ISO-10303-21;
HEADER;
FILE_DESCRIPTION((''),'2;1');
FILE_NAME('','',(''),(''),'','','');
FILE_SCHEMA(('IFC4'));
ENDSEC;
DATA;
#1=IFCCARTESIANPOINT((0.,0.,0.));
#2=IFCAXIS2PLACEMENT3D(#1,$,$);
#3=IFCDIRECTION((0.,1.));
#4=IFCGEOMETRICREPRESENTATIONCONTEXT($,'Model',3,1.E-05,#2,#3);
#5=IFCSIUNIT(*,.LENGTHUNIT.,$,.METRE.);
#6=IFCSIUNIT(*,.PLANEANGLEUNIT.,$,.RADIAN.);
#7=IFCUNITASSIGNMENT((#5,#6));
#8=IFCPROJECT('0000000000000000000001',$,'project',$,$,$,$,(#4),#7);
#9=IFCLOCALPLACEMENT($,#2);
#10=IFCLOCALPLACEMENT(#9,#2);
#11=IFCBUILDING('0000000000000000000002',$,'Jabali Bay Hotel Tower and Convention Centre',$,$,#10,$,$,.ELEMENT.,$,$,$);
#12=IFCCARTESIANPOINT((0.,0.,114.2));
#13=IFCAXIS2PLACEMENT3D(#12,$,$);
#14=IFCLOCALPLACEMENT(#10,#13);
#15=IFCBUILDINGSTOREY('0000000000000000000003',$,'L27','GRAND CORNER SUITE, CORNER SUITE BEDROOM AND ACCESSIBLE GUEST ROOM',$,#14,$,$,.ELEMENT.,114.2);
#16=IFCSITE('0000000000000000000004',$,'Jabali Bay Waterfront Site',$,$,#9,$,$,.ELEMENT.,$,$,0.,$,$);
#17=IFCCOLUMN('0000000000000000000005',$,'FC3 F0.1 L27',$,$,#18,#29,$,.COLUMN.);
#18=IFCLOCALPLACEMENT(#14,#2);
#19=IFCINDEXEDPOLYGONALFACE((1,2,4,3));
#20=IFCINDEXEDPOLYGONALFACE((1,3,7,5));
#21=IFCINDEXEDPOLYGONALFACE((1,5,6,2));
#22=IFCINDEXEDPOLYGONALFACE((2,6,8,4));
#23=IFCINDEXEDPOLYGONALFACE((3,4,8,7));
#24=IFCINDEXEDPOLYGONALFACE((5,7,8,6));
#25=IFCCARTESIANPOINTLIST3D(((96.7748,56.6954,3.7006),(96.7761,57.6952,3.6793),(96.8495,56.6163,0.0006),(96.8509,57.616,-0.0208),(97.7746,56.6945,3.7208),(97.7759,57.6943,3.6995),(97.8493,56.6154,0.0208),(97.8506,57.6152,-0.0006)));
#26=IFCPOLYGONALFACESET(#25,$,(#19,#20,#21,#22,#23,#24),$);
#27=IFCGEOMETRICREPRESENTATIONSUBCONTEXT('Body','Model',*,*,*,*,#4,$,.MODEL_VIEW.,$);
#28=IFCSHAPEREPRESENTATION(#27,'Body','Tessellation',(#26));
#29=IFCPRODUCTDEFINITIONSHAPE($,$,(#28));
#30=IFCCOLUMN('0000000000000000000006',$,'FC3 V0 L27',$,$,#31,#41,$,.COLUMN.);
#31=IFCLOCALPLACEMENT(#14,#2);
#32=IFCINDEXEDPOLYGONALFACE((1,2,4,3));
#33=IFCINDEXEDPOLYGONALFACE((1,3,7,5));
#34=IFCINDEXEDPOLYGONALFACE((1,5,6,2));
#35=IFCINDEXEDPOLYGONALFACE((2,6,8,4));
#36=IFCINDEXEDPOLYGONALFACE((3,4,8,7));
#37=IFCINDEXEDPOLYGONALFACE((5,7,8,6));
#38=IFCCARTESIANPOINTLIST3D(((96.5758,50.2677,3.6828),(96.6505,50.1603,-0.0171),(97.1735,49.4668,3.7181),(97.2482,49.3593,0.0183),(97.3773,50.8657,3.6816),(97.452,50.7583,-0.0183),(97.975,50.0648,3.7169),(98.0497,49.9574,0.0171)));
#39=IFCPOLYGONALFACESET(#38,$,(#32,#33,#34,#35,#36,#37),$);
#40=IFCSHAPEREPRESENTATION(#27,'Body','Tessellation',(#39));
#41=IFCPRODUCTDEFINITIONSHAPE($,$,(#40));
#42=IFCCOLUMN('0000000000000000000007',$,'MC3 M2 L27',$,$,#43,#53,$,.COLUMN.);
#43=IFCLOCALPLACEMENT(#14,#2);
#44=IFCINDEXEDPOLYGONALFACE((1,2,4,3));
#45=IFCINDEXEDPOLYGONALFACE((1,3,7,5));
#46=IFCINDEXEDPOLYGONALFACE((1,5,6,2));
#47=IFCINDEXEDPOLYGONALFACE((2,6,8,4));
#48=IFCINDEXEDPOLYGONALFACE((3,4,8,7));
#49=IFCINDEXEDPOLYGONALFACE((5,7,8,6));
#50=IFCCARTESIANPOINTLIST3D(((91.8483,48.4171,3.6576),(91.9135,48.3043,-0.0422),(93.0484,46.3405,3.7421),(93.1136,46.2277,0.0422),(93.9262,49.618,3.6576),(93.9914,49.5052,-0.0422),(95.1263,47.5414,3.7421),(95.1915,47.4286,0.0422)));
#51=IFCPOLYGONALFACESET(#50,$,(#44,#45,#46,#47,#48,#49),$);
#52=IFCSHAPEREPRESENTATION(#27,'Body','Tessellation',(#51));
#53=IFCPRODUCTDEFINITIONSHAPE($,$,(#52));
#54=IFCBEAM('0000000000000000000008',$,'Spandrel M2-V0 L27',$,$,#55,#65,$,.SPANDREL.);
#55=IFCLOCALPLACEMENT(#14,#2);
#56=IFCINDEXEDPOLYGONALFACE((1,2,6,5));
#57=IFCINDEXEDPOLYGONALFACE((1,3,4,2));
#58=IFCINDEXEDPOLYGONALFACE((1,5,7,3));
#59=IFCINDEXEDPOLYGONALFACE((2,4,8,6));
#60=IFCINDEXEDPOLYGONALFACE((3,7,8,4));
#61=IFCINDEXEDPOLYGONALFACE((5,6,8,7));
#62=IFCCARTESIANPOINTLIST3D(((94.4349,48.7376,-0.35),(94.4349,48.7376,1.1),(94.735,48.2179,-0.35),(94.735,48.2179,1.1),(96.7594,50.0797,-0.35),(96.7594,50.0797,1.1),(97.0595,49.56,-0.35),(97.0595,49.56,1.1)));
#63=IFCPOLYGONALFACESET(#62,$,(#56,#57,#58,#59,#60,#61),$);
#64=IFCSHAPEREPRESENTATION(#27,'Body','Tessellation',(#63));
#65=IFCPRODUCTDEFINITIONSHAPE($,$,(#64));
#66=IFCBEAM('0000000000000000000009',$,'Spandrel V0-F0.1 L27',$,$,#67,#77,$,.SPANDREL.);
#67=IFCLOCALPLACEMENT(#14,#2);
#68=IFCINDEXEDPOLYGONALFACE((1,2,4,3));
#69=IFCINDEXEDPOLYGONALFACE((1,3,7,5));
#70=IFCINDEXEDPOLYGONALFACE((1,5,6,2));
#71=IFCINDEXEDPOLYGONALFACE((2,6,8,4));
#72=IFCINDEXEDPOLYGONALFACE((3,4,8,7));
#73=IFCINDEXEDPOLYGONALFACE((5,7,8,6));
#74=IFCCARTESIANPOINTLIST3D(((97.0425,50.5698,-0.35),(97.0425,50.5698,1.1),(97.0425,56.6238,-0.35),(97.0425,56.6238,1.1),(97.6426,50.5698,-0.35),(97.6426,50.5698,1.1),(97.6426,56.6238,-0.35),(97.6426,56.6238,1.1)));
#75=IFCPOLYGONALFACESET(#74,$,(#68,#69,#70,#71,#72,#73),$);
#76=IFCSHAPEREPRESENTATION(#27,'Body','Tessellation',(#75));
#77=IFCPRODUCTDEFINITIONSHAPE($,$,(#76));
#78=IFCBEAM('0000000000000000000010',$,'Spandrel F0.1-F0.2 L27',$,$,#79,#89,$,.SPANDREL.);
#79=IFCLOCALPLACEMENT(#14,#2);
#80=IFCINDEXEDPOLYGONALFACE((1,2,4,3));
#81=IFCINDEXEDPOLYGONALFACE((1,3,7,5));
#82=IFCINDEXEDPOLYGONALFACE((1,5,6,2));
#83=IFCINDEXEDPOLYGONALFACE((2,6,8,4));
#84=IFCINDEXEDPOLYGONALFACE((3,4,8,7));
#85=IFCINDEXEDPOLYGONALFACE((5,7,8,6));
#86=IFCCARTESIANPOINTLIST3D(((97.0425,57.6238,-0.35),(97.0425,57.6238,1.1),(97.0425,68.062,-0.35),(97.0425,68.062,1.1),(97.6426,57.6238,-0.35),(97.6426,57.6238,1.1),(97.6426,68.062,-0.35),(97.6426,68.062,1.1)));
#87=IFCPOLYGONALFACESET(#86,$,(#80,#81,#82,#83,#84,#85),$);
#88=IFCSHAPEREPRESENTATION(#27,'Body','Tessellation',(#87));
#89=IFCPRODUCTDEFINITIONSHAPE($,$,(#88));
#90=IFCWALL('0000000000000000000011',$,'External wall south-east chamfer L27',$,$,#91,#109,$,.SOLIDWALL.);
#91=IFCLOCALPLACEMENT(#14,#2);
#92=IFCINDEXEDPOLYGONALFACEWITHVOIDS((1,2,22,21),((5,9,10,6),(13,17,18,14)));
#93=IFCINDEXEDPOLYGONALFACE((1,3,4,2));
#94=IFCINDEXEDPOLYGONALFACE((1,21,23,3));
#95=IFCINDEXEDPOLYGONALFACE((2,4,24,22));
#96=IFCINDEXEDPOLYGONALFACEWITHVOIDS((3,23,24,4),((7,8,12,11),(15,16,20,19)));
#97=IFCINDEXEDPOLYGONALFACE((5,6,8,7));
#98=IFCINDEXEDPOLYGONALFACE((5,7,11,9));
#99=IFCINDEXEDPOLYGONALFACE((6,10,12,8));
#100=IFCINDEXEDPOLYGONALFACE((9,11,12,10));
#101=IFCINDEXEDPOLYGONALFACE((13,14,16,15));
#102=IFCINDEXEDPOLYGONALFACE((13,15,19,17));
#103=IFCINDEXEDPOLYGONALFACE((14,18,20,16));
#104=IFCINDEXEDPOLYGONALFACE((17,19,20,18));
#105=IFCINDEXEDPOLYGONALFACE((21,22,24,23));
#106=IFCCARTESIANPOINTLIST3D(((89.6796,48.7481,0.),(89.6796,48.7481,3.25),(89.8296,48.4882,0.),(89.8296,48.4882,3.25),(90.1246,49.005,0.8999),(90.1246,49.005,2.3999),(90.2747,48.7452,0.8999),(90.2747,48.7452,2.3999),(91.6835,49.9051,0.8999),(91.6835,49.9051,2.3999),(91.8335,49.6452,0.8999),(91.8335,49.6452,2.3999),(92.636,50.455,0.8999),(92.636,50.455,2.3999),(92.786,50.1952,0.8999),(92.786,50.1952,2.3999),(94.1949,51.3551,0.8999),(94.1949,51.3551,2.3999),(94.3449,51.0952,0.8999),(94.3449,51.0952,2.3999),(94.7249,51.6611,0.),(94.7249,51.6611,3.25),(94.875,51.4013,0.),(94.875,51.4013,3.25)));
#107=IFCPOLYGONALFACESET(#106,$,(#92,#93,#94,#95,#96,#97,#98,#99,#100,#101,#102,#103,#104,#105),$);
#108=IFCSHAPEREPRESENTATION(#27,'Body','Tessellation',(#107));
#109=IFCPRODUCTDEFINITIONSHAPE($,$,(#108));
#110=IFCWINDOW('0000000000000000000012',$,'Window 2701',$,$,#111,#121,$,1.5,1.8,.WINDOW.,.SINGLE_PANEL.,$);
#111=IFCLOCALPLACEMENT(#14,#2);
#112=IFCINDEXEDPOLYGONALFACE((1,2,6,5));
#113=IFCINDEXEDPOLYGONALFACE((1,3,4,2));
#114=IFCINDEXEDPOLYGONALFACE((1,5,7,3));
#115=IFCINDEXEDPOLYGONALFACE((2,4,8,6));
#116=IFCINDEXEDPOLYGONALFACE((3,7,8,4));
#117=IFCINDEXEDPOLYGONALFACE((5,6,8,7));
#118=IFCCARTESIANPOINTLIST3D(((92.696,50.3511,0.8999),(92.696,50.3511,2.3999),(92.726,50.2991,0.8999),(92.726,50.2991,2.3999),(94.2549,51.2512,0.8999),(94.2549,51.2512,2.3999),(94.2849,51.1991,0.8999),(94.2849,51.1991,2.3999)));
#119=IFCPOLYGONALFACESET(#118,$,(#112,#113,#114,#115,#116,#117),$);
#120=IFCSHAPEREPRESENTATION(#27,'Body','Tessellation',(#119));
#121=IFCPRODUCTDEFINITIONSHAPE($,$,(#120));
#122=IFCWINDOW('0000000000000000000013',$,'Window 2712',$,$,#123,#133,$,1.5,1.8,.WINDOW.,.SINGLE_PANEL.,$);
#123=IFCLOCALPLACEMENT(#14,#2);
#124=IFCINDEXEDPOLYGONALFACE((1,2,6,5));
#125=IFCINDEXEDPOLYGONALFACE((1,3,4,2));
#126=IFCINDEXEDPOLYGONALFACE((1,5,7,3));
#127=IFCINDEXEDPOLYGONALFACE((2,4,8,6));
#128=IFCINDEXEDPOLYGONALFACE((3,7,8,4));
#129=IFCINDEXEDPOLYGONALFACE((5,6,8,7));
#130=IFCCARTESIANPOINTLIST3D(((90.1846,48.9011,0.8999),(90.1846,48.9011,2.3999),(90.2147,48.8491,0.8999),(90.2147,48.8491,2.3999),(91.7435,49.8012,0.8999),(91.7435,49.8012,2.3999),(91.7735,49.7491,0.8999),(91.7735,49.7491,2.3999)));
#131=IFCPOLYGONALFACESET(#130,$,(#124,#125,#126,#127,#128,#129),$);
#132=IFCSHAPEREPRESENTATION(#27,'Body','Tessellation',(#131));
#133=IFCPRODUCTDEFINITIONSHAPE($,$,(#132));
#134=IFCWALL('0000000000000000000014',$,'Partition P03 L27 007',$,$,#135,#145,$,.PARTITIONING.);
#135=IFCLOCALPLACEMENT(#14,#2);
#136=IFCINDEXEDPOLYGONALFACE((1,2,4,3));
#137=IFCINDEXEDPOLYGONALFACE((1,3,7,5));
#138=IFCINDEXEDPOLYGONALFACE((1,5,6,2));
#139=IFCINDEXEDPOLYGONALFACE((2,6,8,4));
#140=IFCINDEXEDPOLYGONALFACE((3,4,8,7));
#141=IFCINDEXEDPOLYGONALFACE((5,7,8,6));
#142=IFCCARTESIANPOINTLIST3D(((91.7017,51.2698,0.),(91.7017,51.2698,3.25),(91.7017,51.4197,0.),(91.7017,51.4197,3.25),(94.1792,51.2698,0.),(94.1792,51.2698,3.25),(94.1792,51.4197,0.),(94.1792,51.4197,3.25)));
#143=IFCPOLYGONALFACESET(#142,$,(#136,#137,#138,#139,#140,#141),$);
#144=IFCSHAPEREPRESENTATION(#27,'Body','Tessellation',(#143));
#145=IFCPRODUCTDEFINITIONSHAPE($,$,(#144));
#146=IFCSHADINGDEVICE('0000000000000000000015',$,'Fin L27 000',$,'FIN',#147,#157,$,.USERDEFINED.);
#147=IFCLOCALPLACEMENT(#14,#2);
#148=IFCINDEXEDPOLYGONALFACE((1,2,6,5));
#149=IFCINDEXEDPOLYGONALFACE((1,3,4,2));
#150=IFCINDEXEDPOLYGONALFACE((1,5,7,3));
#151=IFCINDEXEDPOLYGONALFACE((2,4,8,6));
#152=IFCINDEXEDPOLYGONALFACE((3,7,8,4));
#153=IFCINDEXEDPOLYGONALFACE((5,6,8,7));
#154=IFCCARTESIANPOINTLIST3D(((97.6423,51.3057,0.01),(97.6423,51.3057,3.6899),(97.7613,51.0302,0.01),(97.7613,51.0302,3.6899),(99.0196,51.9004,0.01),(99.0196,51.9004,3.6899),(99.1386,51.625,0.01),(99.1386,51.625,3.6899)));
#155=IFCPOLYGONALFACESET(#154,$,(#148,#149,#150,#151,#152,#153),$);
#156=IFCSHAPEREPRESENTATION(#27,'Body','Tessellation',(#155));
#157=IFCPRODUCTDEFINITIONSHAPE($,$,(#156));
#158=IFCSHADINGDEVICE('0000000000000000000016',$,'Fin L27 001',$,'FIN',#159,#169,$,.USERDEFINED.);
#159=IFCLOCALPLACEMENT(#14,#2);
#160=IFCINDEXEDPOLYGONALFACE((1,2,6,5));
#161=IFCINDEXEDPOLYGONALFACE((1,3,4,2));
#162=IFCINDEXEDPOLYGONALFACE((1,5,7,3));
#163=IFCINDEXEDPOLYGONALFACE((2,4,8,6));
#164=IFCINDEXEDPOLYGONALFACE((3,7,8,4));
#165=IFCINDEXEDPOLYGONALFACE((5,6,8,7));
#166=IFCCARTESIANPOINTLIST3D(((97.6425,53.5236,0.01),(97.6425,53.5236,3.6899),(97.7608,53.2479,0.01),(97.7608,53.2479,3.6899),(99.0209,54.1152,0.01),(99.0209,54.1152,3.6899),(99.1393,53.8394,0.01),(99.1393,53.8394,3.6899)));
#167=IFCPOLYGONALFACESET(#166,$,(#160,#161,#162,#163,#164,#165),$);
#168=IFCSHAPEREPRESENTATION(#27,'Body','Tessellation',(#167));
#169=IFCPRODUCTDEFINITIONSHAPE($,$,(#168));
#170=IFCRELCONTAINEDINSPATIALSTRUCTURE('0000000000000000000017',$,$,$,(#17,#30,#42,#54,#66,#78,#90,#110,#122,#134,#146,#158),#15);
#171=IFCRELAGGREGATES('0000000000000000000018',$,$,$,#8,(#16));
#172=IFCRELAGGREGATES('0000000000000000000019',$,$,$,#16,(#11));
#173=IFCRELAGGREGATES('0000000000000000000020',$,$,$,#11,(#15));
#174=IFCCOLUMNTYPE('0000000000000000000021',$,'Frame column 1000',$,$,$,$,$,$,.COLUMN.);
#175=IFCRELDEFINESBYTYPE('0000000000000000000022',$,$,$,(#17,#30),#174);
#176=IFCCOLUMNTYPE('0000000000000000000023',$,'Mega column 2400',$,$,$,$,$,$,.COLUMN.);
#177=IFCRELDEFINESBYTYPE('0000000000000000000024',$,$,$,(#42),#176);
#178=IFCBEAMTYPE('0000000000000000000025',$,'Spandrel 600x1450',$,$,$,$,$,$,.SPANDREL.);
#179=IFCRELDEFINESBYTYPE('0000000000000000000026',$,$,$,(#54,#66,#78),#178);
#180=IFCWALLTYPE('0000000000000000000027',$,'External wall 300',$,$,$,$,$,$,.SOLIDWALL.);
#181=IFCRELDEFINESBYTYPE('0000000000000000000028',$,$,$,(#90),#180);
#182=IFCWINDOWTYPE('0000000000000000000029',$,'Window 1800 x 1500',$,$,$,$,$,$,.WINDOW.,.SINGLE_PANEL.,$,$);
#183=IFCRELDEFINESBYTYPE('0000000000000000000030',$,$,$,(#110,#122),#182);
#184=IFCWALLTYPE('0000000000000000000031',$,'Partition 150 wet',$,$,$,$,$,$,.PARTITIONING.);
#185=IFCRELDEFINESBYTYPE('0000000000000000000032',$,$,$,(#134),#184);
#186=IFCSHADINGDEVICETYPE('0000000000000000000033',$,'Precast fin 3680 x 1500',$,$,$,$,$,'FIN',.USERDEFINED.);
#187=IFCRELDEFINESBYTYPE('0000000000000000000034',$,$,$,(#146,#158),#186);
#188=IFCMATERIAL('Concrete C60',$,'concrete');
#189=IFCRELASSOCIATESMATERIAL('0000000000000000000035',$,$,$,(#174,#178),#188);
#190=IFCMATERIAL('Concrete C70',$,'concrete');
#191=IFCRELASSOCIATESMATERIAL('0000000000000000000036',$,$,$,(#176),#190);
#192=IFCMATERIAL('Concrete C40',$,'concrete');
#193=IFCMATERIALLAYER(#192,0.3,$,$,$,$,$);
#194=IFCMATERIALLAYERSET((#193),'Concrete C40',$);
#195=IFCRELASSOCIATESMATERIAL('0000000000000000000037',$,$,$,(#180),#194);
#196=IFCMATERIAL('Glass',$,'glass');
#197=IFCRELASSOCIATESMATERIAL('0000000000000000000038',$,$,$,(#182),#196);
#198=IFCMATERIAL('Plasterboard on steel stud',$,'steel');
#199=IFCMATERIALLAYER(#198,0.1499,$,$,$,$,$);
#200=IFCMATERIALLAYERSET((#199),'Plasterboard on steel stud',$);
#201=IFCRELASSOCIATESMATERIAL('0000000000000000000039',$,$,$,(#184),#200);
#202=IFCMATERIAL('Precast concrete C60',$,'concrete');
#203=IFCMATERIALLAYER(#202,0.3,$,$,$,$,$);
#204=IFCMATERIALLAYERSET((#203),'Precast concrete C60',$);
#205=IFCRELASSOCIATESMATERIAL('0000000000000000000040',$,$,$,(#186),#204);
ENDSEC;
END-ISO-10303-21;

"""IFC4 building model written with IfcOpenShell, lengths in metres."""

from ifc_helpers import new_model, si_unit, direction, frame, frame_2d, origin, origin_2d, place, context, subcontext, project, spatial, rectangle, extrude, material, layer, layer_set, material_profile, profile_set, type_object, element, fill, save


model = new_model("IFC4")

# Units and contexts
model_context = context("Model", 3, precision=1e-05, world=origin(), true_north=direction((0.0, 1.0)))
body_context = subcontext(model_context, "Body", "Model", "MODEL_VIEW")
ifc_project = project(units=[si_unit("LENGTHUNIT", "METRE"), si_unit("PLANEANGLEUNIT", "RADIAN")], contexts=[model_context])

# Site, building, storey
site_placement = place(None, origin())
site = spatial("IfcSite", under=ifc_project, at=site_placement, Name="Jabali Bay Waterfront Site", CompositionType="ELEMENT", RefElevation=0.0)
building_placement = place(site_placement, origin())
building = spatial("IfcBuilding", under=site, at=building_placement, Name="Jabali Bay Hotel Tower and Convention Centre", CompositionType="ELEMENT")
storey_placement = place(building_placement, frame((0.0, 0.0, 114.2)))
storey = spatial("IfcBuildingStorey", under=building, at=storey_placement, Name="L27", Description="GRAND CORNER SUITE, CORNER SUITE BEDROOM AND ACCESSIBLE GUEST ROOM", CompositionType="ELEMENT", Elevation=114.2)

# Columns
ifc_material_1 = material(Name="Concrete C60", Category="concrete")
ifc_material_profile_1 = material_profile(ifc_material_1, rectangle(XDim=1.0, YDim=1.0, at=origin_2d()), Name="Frame column 1000")
ifc_profile_set_1 = profile_set([ifc_material_profile_1], Name="Concrete C60")
column_type_1 = type_object("IfcColumnType", Name="Frame column 1000", PredefinedType="COLUMN", material=ifc_profile_set_1)
column_1_placement = place(storey_placement, frame((97.3501, 57.1157, 0.0), z_axis=(-0.020183, 0.02137, 0.999568), x_axis=(-0.001309, -0.999771, 0.021348)))
element("IfcColumn", 1, at=column_1_placement, inside=storey, type_object=column_type_1, Name="FC3 F0.1 L27", PredefinedType="COLUMN", context=body_context, shape_type="SweptSolid", body=[
    extrude(rectangle(XDim=1.0, YDim=1.0, at=origin_2d()), origin(), (0.0, 0.0, 1.0), 3.7017),
])
column_2_placement = place(storey_placement, frame((97.3501, 50.0588, 0.0), z_axis=(-0.020179, 0.029015, 0.999375), x_axis=(-0.80146, -0.598047, 0.001181)))
element("IfcColumn", 2, at=column_2_placement, inside=storey, type_object=column_type_1, Name="FC3 V0 L27", PredefinedType="COLUMN", context=body_context, shape_type="SweptSolid", body=[
    extrude(rectangle(XDim=1.0, YDim=1.0, at=origin_2d()), origin(), (0.0, 0.0, 1.0), 3.7021),
])
ifc_material_2 = material(Name="Concrete C70", Category="concrete")
ifc_material_profile_2 = material_profile(ifc_material_2, rectangle(XDim=2.3999, YDim=2.3999, at=origin_2d()), Name="Mega column 2400")
ifc_profile_set_2 = profile_set([ifc_material_profile_2], Name="Concrete C70")
column_type_2 = type_object("IfcColumnType", Name="Mega column 2400", PredefinedType="COLUMN", material=ifc_profile_set_2)
column_3_placement = place(storey_placement, frame((93.5525, 47.8665, 0.0), z_axis=(-0.017607, 0.030466, 0.999381), x_axis=(0.500061, -0.865275, 0.035188)))
element("IfcColumn", 3, at=column_3_placement, inside=storey, type_object=column_type_2, Name="MC3 M2 L27", PredefinedType="COLUMN", context=body_context, shape_type="SweptSolid", body=[
    extrude(rectangle(XDim=2.3999, YDim=2.3999, at=origin_2d()), origin(), (0.0, 0.0, 1.0), 3.7021),
])

# Beams
ifc_material_profile_3 = material_profile(ifc_material_1, rectangle(XDim=0.6001, YDim=1.45, at=origin_2d()), Name="Spandrel 600x1450")
ifc_profile_set_3 = profile_set([ifc_material_profile_3], Name="Concrete C60")
beam_type = type_object("IfcBeamType", Name="Spandrel 600x1450", PredefinedType="SPANDREL", material=ifc_profile_set_3)
beam_1_placement = place(storey_placement, frame((94.585, 48.4778, 0.375), z_axis=(0.866024, 0.500003, 0.0), x_axis=(-0.500003, 0.866024, 0.0)))
element("IfcBeam", 4, at=beam_1_placement, inside=storey, type_object=beam_type, Name="Spandrel M2-V0 L27", PredefinedType="SPANDREL", context=body_context, shape_type="SweptSolid", body=[
    extrude(rectangle(XDim=0.6001, YDim=1.45, at=origin_2d()), origin(), (0.0, 0.0, 1.0), 2.6841),
])
beam_2_placement = place(storey_placement, frame((97.3425, 50.5698, 0.375), z_axis=(0.0, 1.0, 0.0), x_axis=(-1.0, 0.0, 0.0)))
element("IfcBeam", 5, at=beam_2_placement, inside=storey, type_object=beam_type, Name="Spandrel V0-F0.1 L27", PredefinedType="SPANDREL", context=body_context, shape_type="SweptSolid", body=[
    extrude(rectangle(XDim=0.6001, YDim=1.45, at=origin_2d()), origin(), (0.0, 0.0, 1.0), 6.054),
])
beam_3_placement = place(storey_placement, frame((97.3425, 57.6238, 0.375), z_axis=(0.0, 1.0, 0.0), x_axis=(-1.0, 0.0, 0.0)))
element("IfcBeam", 6, at=beam_3_placement, inside=storey, type_object=beam_type, Name="Spandrel F0.1-F0.2 L27", PredefinedType="SPANDREL", context=body_context, shape_type="SweptSolid", body=[
    extrude(rectangle(XDim=0.6001, YDim=1.45, at=origin_2d()), origin(), (0.0, 0.0, 1.0), 10.4382),
])

# Wall, openings, windows
ifc_material_3 = material(Name="Concrete C40", Category="concrete")
ifc_layer_1 = layer(ifc_material_3, 0.3)
ifc_layer_set_1 = layer_set([ifc_layer_1], Name="Concrete C40")
wall_type_1 = type_object("IfcWallType", Name="External wall 300", PredefinedType="SOLIDWALL", material=ifc_layer_set_1)
wall_1_placement = place(storey_placement, frame((94.8, 51.5312, 0.0), z_axis=(0.0, 0.0, 1.0), x_axis=(-0.866017, -0.500015, 0.0)))
wall_1 = element("IfcWall", 7, at=wall_1_placement, inside=storey, type_object=wall_type_1, Name="External wall south-east chamfer L27", PredefinedType="SOLIDWALL", context=body_context, shape_type="SweptSolid", body=[
    extrude(rectangle(XDim=5.8259, YDim=0.3, at=frame_2d((2.9131, 0.0))), origin(), (0.0, 0.0, 1.0), 3.25),
])
opening_1_placement = place(wall_1_placement, frame((0.6123, 0.0, 0.8999)))
opening_1 = element("IfcOpeningElement", 8, at=opening_1_placement, cuts=wall_1, PredefinedType="OPENING", context=body_context, shape_type="SweptSolid", body=[
    extrude(rectangle(XDim=1.8, YDim=1.5, at=frame_2d((0.8999, 0.75))), frame((0.0, 0.1606, 0.0), z_axis=(0.0, -1.0, 0.0), x_axis=(1.0, 0.0, 0.0)), (0.0, 0.0, 1.0), 0.321),
])
opening_2_placement = place(wall_1_placement, frame((3.5122, 0.0, 0.8999)))
opening_2 = element("IfcOpeningElement", 9, at=opening_2_placement, cuts=wall_1, PredefinedType="OPENING", context=body_context, shape_type="SweptSolid", body=[
    extrude(rectangle(XDim=1.8, YDim=1.5, at=frame_2d((0.8999, 0.75))), frame((0.0, 0.1606, 0.0), z_axis=(0.0, -1.0, 0.0), x_axis=(1.0, 0.0, 0.0)), (0.0, 0.0, 1.0), 0.321),
])
ifc_material_4 = material(Name="Glass", Category="glass")
window_type = type_object("IfcWindowType", Name="Window 1800 x 1500", PartitioningType="SINGLE_PANEL", PredefinedType="WINDOW", material=ifc_material_4)
window_1_placement = place(opening_1_placement, origin())
window_1 = element("IfcWindow", 10, at=window_1_placement, inside=storey, type_object=window_type, Name="Window 2701", OverallHeight=1.5, OverallWidth=1.8, PartitioningType="SINGLE_PANEL", PredefinedType="WINDOW", context=body_context, shape_type="SweptSolid", body=[
    extrude(rectangle(XDim=1.8, YDim=1.5, at=frame_2d((0.8999, 0.75))), frame((0.0, 0.03, 0.0), z_axis=(0.0, -1.0, 0.0), x_axis=(1.0, 0.0, 0.0)), (0.0, 0.0, 1.0), 0.0601),
])
fill(opening_1, window_1)
window_2_placement = place(opening_2_placement, origin())
window_2 = element("IfcWindow", 11, at=window_2_placement, inside=storey, type_object=window_type, Name="Window 2712", OverallHeight=1.5, OverallWidth=1.8, PartitioningType="SINGLE_PANEL", PredefinedType="WINDOW", context=body_context, shape_type="SweptSolid", body=[
    extrude(rectangle(XDim=1.8, YDim=1.5, at=frame_2d((0.8999, 0.75))), frame((0.0, 0.03, 0.0), z_axis=(0.0, -1.0, 0.0), x_axis=(1.0, 0.0, 0.0)), (0.0, 0.0, 1.0), 0.0601),
])
fill(opening_2, window_2)

# Wall
ifc_material_5 = material(Name="Plasterboard on steel stud", Category="steel")
ifc_layer_2 = layer(ifc_material_5, 0.1499)
ifc_layer_set_2 = layer_set([ifc_layer_2], Name="Plasterboard on steel stud")
wall_type_2 = type_object("IfcWallType", Name="Partition 150 wet", PredefinedType="PARTITIONING", material=ifc_layer_set_2)
wall_2_placement = place(storey_placement, frame((94.1792, 51.3447, 0.0), z_axis=(0.0, 0.0, 1.0), x_axis=(-1.0, 0.0, 0.0)))
element("IfcWall", 12, at=wall_2_placement, inside=storey, type_object=wall_type_2, Name="Partition P03 L27 007", PredefinedType="PARTITIONING", context=body_context, shape_type="SweptSolid", body=[
    extrude(rectangle(XDim=2.4775, YDim=0.1499, at=frame_2d((1.2388, 0.0))), origin(), (0.0, 0.0, 1.0), 3.25),
])

# Shading devices
ifc_material_6 = material(Name="Precast concrete C60", Category="concrete")
ifc_layer_3 = layer(ifc_material_6, 0.3)
ifc_layer_set_3 = layer_set([ifc_layer_3], Name="Precast concrete C60")
shading_device_type = type_object("IfcShadingDeviceType", Name="Precast fin 3680 x 1500", ElementType="FIN", PredefinedType="USERDEFINED", material=ifc_layer_set_3)
shading_device_1_placement = place(storey_placement, frame((97.7019, 51.168, 0.01), z_axis=(0.0, 0.0, 1.0), x_axis=(0.918056, 0.396452, 0.0)))
element("IfcShadingDevice", 13, at=shading_device_1_placement, inside=storey, type_object=shading_device_type, Name="Fin L27 000", ObjectType="FIN", PredefinedType="USERDEFINED", context=body_context, shape_type="SweptSolid", body=[
    extrude(rectangle(XDim=1.5002, YDim=0.3, at=frame_2d((0.75, 0.0))), origin(), (0.0, 0.0, 1.0), 3.6799),
])
for number, where, z_axis, x_axis, name in (
    (14, (97.7017, 53.3857, 0.01), (0.0, 0.0, 1.0), (0.918951, 0.394371, 0.0), "Fin L27 001"),
):
    element("IfcShadingDevice", number, at=place(storey_placement, frame(where, z_axis=z_axis, x_axis=x_axis)), inside=storey, type_object=shading_device_type, Name=name, ObjectType="FIN", PredefinedType="USERDEFINED", context=body_context, shape_type="SweptSolid", body=[
        extrude(rectangle(XDim=1.5, YDim=0.3, at=frame_2d((0.75, 0.0))), origin(), (0.0, 0.0, 1.0), 3.6799),
    ])

save(model, "model.ifc")
